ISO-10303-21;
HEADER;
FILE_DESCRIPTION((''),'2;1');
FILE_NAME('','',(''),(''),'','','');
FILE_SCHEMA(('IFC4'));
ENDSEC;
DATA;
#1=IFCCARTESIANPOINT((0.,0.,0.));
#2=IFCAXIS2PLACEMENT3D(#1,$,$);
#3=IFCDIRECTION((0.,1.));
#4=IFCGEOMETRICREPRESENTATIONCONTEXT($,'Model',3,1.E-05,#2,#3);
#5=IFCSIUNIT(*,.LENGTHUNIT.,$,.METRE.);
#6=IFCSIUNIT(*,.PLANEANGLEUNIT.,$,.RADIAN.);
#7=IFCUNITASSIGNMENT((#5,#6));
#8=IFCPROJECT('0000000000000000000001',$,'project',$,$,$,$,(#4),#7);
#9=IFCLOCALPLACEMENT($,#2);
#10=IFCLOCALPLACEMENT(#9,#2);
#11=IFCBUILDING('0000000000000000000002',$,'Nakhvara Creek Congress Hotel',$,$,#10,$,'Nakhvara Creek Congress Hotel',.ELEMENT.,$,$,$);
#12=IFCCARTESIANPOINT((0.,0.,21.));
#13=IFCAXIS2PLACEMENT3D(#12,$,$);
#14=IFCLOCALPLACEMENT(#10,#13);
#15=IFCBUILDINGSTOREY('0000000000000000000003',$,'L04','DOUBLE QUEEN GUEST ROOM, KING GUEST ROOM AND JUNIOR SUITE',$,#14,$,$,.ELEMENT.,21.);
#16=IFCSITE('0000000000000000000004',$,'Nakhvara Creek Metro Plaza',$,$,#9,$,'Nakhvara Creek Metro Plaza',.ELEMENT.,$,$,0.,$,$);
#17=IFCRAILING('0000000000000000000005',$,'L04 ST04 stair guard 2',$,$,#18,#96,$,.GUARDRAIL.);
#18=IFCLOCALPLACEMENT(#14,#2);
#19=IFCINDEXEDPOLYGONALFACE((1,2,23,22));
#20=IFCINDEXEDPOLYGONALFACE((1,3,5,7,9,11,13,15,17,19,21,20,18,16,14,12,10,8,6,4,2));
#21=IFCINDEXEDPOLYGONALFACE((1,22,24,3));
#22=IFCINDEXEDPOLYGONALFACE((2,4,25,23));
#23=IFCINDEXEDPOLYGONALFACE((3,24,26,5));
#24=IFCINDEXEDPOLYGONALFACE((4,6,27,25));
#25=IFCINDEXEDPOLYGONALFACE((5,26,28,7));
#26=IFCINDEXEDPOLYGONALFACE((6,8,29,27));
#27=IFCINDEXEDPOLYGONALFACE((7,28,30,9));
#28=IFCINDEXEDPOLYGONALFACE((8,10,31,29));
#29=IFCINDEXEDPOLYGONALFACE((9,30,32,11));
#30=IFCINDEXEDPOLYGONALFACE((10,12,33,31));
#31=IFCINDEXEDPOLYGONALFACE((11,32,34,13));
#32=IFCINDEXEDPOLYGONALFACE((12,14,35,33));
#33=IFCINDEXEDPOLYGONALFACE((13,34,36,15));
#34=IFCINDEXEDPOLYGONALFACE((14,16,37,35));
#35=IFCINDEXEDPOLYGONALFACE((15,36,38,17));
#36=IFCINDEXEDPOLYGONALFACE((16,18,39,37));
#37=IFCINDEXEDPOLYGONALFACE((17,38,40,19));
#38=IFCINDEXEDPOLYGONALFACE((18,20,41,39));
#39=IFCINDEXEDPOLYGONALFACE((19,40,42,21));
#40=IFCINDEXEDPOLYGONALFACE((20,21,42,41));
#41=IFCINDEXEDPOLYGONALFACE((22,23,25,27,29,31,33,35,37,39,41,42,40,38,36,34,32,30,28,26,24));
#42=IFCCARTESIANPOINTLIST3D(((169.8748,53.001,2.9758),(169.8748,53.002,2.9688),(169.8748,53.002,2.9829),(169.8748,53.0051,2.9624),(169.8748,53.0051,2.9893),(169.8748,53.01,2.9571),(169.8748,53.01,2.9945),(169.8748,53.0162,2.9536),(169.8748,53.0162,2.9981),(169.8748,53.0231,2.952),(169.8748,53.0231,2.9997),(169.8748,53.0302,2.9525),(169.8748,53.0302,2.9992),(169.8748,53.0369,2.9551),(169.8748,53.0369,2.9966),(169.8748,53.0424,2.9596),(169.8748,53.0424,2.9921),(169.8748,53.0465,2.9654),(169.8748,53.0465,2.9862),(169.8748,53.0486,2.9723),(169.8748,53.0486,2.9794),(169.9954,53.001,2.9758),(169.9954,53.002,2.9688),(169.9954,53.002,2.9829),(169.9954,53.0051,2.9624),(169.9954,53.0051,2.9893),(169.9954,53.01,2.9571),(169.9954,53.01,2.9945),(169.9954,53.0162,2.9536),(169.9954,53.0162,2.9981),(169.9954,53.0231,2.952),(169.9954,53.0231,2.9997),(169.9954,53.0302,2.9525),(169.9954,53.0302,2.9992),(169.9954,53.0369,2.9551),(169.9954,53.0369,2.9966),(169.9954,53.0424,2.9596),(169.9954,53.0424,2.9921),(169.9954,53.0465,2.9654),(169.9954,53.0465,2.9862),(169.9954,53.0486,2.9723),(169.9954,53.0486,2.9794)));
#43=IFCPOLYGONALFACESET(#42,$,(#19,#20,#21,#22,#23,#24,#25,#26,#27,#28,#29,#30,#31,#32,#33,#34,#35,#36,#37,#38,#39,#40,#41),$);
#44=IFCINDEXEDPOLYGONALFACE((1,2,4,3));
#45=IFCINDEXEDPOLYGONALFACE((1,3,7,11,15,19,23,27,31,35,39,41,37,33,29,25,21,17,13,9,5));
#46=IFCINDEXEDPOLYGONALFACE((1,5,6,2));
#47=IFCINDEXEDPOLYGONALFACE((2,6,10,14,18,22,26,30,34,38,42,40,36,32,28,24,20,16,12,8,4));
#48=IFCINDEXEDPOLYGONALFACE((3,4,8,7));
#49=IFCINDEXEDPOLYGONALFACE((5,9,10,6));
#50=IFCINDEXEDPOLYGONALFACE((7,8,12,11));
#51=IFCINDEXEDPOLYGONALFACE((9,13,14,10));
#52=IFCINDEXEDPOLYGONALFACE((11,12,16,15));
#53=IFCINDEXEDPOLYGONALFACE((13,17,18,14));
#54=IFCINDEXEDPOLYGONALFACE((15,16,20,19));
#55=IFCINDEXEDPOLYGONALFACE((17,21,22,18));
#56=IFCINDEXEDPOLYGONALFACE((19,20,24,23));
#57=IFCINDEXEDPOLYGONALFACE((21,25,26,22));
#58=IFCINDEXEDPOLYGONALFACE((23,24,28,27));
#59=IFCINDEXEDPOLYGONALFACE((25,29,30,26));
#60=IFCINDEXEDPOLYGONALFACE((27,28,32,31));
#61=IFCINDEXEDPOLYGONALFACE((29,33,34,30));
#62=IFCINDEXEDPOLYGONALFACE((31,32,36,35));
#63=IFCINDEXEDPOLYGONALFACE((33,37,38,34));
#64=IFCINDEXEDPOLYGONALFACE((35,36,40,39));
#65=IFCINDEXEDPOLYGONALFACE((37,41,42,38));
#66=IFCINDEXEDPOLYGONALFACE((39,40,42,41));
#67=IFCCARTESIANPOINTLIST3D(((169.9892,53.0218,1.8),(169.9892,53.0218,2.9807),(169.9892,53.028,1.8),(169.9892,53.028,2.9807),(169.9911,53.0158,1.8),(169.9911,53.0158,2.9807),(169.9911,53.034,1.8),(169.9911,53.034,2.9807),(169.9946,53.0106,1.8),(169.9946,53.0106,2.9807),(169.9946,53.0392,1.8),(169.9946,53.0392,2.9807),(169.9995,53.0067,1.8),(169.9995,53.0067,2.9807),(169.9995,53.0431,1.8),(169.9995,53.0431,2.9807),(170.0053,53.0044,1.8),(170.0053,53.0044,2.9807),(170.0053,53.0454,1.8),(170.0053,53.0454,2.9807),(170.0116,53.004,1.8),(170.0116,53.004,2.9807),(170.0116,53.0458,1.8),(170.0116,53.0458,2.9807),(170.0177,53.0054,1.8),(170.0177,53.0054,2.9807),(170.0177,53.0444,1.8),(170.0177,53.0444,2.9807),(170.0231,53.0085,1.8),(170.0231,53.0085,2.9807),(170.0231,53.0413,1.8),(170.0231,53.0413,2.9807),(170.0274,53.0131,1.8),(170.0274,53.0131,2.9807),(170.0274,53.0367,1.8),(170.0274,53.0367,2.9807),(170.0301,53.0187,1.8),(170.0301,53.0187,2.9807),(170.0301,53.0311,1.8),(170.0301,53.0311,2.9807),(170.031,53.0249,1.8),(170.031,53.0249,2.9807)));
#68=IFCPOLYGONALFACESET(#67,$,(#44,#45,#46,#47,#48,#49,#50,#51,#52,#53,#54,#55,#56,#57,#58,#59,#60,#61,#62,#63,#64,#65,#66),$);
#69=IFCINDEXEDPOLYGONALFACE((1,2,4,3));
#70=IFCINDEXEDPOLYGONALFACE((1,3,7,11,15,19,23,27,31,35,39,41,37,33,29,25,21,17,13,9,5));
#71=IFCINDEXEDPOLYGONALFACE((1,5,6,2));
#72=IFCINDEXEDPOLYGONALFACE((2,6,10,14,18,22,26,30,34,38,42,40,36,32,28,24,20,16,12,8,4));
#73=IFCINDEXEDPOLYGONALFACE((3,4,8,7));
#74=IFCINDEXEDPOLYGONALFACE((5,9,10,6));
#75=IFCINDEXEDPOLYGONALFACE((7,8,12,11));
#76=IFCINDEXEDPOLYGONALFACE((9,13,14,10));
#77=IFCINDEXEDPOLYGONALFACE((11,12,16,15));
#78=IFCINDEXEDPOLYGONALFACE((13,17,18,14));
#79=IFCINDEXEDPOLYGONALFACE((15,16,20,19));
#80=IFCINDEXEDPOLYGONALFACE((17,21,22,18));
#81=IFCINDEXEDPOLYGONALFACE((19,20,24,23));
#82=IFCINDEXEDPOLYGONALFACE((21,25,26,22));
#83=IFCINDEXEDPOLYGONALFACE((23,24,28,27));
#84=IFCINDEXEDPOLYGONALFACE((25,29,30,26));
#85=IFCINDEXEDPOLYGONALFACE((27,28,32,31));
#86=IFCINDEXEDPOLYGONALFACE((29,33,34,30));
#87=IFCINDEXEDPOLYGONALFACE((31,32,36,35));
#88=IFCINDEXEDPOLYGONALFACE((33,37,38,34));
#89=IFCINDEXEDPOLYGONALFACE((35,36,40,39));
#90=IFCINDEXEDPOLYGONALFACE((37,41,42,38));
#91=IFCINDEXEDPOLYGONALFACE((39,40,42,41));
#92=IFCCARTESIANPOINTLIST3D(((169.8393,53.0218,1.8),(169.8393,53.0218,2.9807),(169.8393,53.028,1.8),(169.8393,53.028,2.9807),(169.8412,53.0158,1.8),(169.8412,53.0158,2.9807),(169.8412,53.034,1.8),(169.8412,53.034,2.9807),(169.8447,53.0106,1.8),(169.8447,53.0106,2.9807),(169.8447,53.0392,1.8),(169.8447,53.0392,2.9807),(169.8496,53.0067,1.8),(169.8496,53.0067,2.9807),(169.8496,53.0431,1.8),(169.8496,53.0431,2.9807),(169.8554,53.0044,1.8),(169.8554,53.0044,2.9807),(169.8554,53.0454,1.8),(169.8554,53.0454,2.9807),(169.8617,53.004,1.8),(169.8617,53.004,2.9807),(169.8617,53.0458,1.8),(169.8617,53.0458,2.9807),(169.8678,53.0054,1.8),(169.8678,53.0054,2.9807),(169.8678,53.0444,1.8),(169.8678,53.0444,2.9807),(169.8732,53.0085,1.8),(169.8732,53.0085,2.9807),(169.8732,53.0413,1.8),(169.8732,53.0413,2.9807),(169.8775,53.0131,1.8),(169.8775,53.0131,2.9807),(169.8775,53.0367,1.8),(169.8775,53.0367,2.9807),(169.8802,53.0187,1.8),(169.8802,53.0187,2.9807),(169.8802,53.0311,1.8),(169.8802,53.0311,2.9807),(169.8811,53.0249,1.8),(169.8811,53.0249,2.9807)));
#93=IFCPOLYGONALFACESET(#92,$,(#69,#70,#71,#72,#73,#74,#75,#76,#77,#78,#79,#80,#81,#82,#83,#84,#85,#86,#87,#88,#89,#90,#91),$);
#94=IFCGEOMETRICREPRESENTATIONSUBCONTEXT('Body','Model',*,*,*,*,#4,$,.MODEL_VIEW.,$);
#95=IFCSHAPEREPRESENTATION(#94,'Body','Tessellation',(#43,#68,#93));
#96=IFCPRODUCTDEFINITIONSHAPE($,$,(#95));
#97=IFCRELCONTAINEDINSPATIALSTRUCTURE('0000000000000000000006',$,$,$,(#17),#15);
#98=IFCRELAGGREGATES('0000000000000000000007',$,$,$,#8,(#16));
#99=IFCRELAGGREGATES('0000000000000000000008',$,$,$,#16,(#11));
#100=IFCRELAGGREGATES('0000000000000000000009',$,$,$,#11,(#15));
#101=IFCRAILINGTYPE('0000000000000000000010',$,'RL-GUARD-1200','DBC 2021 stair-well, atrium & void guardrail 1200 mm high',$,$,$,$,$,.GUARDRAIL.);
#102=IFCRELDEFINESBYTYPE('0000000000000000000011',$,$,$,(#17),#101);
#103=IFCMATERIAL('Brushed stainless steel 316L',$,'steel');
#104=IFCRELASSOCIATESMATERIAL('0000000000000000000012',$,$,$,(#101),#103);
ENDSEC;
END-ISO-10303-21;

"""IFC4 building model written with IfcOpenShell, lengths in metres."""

from ifc_helpers import new_model, si_unit, direction, frame, origin, origin_2d, place, context, subcontext, project, spatial, circle, extrude, material, type_object, element, save


model = new_model("IFC4")

# Units and contexts
model_context = context("Model", 3, precision=1e-05, world=origin(), true_north=direction((0.0, 1.0)))
body_context = subcontext(model_context, "Body", "Model", "MODEL_VIEW")
ifc_project = project(units=[si_unit("LENGTHUNIT", "METRE"), si_unit("PLANEANGLEUNIT", "RADIAN")], contexts=[model_context])

# Site, building, storey
site_placement = place(None, origin())
site = spatial("IfcSite", under=ifc_project, at=site_placement, Name="Nakhvara Creek Metro Plaza", LongName="Nakhvara Creek Metro Plaza", CompositionType="ELEMENT", RefElevation=0.0)
building_placement = place(site_placement, origin())
building = spatial("IfcBuilding", under=site, at=building_placement, Name="Nakhvara Creek Congress Hotel", LongName="Nakhvara Creek Congress Hotel", CompositionType="ELEMENT")
storey_placement = place(building_placement, frame((0.0, 0.0, 21.0)))
storey = spatial("IfcBuildingStorey", under=building, at=storey_placement, Name="L04", Description="DOUBLE QUEEN GUEST ROOM, KING GUEST ROOM AND JUNIOR SUITE", CompositionType="ELEMENT", Elevation=21.0)

# Railing
ifc_material_1 = material(Name="Brushed stainless steel 316L", Category="steel")
railing_type_1 = type_object("IfcRailingType", Name="RL-GUARD-1200", Description="DBC 2021 stair-well, atrium & void guardrail 1200 mm high", PredefinedType="GUARDRAIL", material=ifc_material_1)
railing_1_placement = place(storey_placement, frame((170.01, 53.0249, 1.8)))
element("IfcRailing", 1, at=railing_1_placement, inside=storey, type_object=railing_type_1, Name="L04 ST04 stair guard 2", PredefinedType="GUARDRAIL", context=body_context, shape_type="SweptSolid", body=[
    extrude(circle(Radius=0.0239, at=origin_2d()), frame((-0.0146, 0.0, 1.1758), z_axis=(-1.0, 0.0, 0.0), x_axis=(0.0, -1.0, 0.0)), (0.0, 0.0, 1.0), 0.1206),
    extrude(circle(Radius=0.021, at=origin_2d()), origin(), (0.0, 0.0, 1.0), 1.1807),
    extrude(circle(Radius=0.021, at=origin_2d()), frame((-0.1499, 0.0, 0.0)), (0.0, 0.0, 1.0), 1.1807),
])

save(model, "model.ifc")
